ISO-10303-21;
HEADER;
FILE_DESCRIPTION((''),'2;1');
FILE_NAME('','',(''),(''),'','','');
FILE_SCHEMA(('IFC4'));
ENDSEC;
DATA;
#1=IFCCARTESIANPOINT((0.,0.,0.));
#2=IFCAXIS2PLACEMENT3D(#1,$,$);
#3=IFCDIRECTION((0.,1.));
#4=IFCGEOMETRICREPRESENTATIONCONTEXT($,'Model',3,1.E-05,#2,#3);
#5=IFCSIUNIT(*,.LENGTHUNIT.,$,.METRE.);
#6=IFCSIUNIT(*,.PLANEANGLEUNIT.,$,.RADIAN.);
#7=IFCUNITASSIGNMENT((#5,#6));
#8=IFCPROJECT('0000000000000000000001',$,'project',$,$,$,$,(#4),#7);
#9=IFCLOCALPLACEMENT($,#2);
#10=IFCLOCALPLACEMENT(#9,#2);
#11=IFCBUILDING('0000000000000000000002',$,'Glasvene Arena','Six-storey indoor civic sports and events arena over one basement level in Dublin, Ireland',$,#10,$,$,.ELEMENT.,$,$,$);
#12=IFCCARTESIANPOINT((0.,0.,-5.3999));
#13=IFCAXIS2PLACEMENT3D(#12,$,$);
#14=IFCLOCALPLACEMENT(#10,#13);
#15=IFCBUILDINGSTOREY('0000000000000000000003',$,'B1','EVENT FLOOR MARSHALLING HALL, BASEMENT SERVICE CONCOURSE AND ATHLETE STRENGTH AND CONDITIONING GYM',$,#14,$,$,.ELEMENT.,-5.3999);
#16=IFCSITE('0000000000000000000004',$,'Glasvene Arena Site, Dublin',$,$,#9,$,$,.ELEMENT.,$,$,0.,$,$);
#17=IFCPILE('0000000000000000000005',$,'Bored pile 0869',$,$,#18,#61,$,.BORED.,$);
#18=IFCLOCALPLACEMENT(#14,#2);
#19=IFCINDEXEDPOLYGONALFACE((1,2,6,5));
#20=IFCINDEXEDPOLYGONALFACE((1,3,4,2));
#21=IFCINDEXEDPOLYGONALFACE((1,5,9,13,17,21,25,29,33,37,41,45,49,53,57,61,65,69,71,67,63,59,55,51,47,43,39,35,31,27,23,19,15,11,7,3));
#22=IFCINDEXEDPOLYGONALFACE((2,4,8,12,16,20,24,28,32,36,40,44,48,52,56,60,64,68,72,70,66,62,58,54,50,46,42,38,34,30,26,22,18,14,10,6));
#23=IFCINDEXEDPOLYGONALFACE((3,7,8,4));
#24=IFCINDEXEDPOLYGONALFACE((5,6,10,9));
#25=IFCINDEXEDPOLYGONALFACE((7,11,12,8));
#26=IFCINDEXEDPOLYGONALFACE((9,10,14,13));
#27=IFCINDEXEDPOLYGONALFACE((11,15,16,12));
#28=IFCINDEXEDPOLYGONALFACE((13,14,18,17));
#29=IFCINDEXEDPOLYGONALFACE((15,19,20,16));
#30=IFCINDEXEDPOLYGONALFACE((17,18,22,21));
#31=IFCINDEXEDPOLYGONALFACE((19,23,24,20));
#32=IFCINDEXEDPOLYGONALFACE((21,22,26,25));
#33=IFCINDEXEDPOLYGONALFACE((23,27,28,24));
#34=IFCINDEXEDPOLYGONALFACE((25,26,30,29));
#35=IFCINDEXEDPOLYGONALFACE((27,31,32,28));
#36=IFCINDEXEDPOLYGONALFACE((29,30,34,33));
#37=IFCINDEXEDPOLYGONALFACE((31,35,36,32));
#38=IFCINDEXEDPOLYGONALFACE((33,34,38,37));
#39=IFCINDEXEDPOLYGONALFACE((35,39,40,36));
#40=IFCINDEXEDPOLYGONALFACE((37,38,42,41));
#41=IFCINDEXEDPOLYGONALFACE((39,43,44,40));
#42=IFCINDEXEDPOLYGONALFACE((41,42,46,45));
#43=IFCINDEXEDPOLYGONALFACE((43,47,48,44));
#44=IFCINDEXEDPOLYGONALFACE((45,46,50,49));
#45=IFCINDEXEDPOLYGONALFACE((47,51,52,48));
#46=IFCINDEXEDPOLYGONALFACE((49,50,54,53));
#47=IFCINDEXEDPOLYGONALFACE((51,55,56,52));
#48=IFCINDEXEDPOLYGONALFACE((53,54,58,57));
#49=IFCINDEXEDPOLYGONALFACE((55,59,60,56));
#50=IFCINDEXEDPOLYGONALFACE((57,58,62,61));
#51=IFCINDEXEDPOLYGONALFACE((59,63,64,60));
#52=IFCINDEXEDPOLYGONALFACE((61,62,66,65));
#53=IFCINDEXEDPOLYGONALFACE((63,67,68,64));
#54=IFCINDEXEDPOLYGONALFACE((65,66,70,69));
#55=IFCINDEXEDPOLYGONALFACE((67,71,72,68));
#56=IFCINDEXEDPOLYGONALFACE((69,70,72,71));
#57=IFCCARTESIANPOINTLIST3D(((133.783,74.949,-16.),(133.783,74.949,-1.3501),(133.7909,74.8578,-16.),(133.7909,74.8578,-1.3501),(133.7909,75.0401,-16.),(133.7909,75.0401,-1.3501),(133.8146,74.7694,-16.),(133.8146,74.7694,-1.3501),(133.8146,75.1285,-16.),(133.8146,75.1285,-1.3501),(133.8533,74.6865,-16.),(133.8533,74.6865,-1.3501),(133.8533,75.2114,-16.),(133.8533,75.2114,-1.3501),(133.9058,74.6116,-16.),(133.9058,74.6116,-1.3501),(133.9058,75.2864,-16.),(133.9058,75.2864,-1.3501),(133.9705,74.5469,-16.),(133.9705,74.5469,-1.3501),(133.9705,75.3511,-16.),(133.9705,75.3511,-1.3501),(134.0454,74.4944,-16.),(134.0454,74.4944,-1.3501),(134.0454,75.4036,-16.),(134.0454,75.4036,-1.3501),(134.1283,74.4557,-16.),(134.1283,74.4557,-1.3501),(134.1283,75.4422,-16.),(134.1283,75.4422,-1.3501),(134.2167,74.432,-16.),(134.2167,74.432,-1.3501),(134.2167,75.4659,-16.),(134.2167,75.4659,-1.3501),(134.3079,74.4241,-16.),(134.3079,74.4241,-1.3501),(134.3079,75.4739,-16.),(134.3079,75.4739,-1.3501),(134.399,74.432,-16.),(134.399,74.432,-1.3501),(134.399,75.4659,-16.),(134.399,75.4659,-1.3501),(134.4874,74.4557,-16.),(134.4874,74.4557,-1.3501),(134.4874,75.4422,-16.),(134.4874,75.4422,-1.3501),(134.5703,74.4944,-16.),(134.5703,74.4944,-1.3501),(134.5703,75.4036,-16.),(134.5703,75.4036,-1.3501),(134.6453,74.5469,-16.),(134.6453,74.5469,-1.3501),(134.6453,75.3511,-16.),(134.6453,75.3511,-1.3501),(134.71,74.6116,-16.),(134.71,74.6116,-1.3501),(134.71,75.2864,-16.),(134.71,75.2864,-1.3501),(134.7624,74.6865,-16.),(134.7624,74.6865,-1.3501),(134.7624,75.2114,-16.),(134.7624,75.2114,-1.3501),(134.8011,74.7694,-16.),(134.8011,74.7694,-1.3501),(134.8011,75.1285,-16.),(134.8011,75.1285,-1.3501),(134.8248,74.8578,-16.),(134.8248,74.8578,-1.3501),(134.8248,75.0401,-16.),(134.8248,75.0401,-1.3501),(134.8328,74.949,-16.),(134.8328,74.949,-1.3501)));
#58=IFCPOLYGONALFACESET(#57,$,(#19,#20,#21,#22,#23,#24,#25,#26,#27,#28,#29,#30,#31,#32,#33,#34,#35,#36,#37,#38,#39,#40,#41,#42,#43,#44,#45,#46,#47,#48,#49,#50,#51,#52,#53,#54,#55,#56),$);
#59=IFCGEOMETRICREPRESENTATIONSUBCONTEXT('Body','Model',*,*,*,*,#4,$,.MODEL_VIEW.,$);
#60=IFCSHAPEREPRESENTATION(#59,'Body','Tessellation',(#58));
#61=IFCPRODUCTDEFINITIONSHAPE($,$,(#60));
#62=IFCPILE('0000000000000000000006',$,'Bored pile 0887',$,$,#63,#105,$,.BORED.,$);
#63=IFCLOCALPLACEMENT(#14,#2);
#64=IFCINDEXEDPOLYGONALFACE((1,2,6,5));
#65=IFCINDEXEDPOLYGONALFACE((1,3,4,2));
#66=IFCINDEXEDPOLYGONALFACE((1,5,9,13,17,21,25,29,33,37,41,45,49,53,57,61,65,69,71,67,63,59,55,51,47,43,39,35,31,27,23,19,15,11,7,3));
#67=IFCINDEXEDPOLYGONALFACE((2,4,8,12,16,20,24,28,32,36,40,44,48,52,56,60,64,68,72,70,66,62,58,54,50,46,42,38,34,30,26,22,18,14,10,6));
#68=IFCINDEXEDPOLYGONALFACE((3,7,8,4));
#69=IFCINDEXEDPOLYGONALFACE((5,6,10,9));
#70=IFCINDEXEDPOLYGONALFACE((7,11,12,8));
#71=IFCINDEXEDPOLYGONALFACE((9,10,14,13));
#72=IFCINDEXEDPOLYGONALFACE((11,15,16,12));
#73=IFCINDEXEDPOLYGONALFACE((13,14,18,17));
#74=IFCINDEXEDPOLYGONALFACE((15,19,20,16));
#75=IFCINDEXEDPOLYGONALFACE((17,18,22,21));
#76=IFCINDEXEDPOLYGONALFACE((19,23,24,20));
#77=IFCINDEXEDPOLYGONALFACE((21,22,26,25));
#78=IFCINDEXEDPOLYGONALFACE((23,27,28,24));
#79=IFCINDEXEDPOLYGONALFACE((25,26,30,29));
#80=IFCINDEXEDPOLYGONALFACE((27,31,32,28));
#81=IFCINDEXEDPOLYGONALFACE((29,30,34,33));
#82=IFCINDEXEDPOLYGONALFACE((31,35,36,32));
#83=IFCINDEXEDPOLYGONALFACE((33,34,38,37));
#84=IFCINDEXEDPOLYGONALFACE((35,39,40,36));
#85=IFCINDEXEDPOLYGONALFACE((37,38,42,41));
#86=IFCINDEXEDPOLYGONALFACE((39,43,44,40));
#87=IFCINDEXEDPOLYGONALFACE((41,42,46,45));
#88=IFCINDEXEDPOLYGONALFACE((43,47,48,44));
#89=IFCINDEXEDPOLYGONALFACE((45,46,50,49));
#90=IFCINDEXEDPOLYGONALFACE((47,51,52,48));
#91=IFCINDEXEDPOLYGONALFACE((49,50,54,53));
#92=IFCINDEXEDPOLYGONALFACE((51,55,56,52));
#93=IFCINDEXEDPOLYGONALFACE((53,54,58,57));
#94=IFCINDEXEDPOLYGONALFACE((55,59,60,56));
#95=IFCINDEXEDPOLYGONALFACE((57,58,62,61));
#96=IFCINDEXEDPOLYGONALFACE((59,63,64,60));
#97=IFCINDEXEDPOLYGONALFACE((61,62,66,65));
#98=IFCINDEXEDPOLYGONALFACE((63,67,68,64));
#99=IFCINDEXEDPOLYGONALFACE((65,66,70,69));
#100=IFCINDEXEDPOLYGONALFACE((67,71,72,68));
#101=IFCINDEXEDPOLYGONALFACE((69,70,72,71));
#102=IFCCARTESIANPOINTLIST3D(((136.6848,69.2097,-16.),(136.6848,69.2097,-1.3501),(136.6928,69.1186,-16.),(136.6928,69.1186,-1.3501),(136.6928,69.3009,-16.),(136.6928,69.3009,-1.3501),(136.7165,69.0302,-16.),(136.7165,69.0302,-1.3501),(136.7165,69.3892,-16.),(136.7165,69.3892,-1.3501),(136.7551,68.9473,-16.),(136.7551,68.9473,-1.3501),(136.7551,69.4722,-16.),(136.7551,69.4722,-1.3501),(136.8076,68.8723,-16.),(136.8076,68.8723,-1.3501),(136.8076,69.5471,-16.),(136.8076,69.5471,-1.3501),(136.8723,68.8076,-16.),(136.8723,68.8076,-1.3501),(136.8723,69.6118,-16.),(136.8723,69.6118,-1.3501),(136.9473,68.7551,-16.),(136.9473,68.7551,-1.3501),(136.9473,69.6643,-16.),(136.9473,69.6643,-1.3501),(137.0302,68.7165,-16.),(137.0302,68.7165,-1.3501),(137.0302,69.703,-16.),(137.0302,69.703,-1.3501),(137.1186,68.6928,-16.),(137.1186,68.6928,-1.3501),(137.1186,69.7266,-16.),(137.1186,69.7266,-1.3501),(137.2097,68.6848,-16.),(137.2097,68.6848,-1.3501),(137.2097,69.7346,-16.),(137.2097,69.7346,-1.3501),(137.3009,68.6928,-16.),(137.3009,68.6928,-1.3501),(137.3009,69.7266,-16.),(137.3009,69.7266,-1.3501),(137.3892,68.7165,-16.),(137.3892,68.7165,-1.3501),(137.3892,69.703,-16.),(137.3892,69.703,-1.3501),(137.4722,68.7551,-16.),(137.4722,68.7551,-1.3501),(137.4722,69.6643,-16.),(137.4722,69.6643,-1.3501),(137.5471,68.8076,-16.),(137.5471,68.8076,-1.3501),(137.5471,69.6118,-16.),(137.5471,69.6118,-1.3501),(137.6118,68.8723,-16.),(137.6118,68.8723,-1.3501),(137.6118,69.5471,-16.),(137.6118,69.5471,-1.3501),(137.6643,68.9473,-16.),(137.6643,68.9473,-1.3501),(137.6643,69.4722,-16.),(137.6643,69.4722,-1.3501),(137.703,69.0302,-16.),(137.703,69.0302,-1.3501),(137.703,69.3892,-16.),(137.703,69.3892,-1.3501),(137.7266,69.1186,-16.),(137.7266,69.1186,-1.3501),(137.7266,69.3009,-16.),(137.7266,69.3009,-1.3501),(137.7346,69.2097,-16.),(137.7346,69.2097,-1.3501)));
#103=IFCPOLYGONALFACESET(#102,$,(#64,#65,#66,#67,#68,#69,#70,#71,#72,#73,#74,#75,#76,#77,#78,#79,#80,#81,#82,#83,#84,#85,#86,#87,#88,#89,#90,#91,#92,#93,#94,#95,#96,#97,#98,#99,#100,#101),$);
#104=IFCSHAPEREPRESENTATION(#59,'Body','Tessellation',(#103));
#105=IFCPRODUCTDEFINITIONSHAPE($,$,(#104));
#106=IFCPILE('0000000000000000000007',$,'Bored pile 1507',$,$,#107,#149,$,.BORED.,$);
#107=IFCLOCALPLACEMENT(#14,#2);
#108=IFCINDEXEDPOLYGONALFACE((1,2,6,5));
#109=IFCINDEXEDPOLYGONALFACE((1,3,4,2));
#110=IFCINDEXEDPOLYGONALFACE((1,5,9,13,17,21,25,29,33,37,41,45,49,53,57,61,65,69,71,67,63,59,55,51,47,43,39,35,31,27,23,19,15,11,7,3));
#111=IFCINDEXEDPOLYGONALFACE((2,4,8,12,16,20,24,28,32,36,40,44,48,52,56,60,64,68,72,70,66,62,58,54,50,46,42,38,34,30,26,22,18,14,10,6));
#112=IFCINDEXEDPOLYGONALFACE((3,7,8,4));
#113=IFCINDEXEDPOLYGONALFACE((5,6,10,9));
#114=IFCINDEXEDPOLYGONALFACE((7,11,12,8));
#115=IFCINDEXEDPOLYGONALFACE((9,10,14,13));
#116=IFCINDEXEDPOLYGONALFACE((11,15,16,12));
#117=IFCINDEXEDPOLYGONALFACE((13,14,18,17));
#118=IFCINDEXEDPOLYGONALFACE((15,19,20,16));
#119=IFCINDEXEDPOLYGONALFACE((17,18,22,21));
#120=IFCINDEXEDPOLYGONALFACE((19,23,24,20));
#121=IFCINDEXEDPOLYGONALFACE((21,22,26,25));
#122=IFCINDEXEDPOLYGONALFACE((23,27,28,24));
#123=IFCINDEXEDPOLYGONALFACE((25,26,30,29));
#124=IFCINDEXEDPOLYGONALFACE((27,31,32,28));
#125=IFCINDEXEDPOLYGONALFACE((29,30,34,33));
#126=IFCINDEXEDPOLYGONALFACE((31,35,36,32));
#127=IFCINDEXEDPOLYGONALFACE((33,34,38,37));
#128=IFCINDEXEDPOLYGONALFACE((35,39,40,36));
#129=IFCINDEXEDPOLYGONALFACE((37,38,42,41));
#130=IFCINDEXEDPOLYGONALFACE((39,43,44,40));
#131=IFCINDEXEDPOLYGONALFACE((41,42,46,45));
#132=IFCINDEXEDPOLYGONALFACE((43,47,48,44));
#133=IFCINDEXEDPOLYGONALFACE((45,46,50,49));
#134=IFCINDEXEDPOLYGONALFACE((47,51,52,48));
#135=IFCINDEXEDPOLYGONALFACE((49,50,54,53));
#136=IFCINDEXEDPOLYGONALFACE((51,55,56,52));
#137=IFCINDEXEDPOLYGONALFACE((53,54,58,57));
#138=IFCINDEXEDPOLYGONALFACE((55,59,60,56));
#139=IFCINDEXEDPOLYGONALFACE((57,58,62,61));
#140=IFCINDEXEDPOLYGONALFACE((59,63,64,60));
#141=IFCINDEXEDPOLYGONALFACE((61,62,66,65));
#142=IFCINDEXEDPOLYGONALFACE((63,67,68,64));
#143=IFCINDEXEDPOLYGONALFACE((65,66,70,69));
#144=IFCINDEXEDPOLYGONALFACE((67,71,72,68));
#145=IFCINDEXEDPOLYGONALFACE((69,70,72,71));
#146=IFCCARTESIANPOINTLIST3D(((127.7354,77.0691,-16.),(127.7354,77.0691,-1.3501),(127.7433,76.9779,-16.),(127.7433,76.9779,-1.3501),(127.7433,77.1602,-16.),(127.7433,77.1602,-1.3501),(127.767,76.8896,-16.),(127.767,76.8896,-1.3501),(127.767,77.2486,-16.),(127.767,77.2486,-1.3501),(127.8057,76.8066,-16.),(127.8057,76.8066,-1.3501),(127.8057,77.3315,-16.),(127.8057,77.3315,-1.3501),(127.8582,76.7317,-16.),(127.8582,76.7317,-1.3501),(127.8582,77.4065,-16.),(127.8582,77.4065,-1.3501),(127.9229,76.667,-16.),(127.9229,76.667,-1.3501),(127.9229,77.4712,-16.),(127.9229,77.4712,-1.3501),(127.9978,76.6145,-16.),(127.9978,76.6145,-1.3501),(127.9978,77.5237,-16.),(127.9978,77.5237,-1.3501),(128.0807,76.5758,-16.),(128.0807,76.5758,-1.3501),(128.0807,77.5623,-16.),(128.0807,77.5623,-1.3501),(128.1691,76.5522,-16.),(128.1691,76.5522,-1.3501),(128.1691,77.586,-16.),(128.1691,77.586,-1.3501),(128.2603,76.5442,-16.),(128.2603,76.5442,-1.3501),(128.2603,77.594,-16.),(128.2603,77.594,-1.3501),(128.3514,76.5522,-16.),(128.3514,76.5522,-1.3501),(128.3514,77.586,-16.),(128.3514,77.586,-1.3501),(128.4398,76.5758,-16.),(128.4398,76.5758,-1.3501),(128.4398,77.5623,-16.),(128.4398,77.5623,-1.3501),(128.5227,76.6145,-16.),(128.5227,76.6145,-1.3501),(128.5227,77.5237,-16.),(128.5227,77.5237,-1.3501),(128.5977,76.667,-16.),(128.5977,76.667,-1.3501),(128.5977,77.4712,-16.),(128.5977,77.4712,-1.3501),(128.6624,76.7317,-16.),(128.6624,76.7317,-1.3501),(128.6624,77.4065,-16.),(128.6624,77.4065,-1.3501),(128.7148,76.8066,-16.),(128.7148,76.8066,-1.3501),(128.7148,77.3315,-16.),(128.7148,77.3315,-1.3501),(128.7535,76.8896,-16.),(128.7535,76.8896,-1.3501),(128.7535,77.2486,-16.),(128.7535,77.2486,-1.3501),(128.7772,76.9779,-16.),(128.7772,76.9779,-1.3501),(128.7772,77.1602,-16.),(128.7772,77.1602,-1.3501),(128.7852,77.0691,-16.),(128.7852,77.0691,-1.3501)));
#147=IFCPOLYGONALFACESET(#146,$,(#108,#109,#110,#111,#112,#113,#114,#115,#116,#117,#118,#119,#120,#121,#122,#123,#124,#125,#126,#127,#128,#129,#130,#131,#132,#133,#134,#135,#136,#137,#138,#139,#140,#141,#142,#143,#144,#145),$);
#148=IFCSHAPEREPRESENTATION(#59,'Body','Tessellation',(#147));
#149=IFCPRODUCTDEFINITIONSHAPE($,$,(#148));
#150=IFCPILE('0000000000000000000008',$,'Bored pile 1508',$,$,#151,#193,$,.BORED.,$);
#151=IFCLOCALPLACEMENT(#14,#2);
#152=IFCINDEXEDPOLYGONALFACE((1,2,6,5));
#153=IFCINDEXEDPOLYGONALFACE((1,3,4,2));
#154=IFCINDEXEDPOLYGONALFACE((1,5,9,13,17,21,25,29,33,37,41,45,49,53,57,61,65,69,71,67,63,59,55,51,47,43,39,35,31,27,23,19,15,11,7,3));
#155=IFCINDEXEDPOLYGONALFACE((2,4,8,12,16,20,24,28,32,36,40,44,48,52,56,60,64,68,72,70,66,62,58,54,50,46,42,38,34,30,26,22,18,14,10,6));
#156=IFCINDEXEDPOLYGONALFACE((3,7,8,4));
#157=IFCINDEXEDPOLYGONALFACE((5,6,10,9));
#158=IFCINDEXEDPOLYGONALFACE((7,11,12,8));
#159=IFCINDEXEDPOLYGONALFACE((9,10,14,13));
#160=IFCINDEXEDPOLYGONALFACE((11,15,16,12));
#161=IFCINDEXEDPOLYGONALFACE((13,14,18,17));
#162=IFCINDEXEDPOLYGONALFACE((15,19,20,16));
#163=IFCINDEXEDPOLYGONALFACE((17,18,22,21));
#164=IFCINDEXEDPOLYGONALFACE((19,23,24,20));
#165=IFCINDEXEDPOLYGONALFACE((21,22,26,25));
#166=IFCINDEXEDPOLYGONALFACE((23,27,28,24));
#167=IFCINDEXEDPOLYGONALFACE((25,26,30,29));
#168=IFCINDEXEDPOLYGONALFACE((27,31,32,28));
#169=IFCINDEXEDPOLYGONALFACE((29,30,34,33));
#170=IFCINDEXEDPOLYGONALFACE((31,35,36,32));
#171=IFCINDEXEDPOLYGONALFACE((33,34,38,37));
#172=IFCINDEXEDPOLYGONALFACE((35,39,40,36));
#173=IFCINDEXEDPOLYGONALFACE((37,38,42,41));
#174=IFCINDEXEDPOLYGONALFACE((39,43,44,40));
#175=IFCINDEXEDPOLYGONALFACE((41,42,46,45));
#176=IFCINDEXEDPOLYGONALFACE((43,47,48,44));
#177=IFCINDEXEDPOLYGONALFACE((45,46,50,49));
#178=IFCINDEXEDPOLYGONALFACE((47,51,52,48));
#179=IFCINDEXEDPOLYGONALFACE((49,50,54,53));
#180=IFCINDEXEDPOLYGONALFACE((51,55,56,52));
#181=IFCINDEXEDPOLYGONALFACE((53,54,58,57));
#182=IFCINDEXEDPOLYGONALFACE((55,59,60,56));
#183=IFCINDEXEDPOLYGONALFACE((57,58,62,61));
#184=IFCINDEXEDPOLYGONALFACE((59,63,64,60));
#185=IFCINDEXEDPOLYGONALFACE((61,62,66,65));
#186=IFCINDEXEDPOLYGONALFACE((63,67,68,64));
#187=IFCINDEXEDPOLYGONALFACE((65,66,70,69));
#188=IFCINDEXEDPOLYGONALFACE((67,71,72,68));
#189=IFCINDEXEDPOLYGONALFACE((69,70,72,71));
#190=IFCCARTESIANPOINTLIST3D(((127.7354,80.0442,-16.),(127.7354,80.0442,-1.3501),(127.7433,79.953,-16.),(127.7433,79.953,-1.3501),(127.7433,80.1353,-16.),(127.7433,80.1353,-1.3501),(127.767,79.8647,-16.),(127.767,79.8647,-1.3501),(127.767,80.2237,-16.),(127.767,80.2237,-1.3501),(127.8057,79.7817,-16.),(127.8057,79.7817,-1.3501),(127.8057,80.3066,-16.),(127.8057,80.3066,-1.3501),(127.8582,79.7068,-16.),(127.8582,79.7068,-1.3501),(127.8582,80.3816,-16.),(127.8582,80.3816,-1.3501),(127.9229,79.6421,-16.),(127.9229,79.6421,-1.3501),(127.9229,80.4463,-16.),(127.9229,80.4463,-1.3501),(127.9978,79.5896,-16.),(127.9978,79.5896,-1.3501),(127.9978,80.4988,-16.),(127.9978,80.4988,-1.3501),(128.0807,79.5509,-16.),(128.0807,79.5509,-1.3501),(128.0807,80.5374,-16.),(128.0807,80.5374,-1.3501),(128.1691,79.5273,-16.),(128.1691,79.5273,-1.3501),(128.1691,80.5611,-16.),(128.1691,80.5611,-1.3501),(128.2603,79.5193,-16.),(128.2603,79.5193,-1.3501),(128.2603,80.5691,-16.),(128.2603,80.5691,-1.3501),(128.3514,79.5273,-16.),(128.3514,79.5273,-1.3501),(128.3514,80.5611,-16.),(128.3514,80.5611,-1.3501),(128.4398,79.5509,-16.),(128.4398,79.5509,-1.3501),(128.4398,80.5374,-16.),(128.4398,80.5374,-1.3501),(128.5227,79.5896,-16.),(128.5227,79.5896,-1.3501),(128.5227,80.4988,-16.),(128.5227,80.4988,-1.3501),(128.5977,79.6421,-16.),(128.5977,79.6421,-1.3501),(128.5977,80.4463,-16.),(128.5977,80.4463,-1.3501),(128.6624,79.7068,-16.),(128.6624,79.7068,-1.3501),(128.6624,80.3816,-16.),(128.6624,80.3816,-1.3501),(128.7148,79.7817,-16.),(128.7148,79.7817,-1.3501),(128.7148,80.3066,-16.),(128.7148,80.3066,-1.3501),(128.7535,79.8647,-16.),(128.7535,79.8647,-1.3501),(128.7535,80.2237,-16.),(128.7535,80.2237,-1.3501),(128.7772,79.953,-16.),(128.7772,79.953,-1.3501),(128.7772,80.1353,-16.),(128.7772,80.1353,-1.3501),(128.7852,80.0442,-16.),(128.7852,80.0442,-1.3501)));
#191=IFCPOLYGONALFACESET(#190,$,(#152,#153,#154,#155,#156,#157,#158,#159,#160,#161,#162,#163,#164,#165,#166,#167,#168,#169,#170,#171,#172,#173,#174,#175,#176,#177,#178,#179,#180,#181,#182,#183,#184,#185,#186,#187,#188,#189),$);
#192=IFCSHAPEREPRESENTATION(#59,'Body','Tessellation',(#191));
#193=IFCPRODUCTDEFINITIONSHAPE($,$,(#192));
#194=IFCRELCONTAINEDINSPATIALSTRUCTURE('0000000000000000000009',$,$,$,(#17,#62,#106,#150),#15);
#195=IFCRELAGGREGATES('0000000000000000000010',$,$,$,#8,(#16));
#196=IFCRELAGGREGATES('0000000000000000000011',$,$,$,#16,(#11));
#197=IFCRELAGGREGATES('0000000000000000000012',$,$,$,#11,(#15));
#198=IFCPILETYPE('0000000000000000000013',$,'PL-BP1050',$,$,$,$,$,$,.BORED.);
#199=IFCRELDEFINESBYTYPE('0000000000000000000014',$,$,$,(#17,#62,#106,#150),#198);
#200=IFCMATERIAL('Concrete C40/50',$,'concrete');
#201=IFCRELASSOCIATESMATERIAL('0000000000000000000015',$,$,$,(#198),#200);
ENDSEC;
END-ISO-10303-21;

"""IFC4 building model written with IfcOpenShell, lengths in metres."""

from ifc_helpers import new_model, si_unit, direction, frame, origin, origin_2d, place, context, subcontext, project, spatial, circle, extrude, material, material_profile, profile_set, type_object, element, save


model = new_model("IFC4")

# Units and contexts
model_context = context("Model", 3, precision=1e-05, world=origin(), true_north=direction((0.0, 1.0)))
body_context = subcontext(model_context, "Body", "Model", "MODEL_VIEW")
ifc_project = project(units=[si_unit("LENGTHUNIT", "METRE"), si_unit("PLANEANGLEUNIT", "RADIAN")], contexts=[model_context])

# Site, building, storey
site_placement = place(None, origin())
site = spatial("IfcSite", under=ifc_project, at=site_placement, Name="Glasvene Arena Site, Dublin", CompositionType="ELEMENT", RefElevation=0.0)
building_placement = place(site_placement, origin())
building = spatial("IfcBuilding", under=site, at=building_placement, Name="Glasvene Arena", Description="Six-storey indoor civic sports and events arena over one basement level in Dublin, Ireland", CompositionType="ELEMENT")
storey_placement = place(building_placement, frame((0.0, 0.0, -5.3999)))
storey = spatial("IfcBuildingStorey", under=building, at=storey_placement, Name="B1", Description="EVENT FLOOR MARSHALLING HALL, BASEMENT SERVICE CONCOURSE AND ATHLETE STRENGTH AND CONDITIONING GYM", CompositionType="ELEMENT", Elevation=-5.3999)

# Piles
ifc_material_1 = material(Name="Concrete C40/50", Category="concrete")
ifc_material_profile_1 = material_profile(ifc_material_1, circle(Radius=0.5249, at=origin_2d()), Name="BORED PILE 1050")
ifc_profile_set_1 = profile_set([ifc_material_profile_1], Name="Concrete C40/50")
pile_type = type_object("IfcPileType", Name="PL-BP1050", PredefinedType="BORED", material=ifc_profile_set_1)
for number, where, z_axis, x_axis, name in (
    (1, (134.3079, 74.949, -1.3501), (0.0, 0.0, -1.0), (1.0, 0.0, 0.0), "Bored pile 0869"),
    (2, (137.2097, 69.2097, -1.3501), (0.0, 0.0, -1.0), (1.0, 0.0, 0.0), "Bored pile 0887"),
    (3, (128.2603, 77.0691, -1.3501), (0.0, 0.0, -1.0), (1.0, 0.0, 0.0), "Bored pile 1507"),
    (4, (128.2603, 80.0442, -1.3501), (0.0, 0.0, -1.0), (1.0, 0.0, 0.0), "Bored pile 1508"),
):
    element("IfcPile", number, at=place(storey_placement, frame(where, z_axis=z_axis, x_axis=x_axis)), inside=storey, type_object=pile_type, Name=name, PredefinedType="BORED", context=body_context, shape_type="SweptSolid", body=[
        extrude(circle(Radius=0.5249, at=origin_2d()), origin(), (0.0, 0.0, 1.0), 14.6499),
    ])

save(model, "model.ifc")
